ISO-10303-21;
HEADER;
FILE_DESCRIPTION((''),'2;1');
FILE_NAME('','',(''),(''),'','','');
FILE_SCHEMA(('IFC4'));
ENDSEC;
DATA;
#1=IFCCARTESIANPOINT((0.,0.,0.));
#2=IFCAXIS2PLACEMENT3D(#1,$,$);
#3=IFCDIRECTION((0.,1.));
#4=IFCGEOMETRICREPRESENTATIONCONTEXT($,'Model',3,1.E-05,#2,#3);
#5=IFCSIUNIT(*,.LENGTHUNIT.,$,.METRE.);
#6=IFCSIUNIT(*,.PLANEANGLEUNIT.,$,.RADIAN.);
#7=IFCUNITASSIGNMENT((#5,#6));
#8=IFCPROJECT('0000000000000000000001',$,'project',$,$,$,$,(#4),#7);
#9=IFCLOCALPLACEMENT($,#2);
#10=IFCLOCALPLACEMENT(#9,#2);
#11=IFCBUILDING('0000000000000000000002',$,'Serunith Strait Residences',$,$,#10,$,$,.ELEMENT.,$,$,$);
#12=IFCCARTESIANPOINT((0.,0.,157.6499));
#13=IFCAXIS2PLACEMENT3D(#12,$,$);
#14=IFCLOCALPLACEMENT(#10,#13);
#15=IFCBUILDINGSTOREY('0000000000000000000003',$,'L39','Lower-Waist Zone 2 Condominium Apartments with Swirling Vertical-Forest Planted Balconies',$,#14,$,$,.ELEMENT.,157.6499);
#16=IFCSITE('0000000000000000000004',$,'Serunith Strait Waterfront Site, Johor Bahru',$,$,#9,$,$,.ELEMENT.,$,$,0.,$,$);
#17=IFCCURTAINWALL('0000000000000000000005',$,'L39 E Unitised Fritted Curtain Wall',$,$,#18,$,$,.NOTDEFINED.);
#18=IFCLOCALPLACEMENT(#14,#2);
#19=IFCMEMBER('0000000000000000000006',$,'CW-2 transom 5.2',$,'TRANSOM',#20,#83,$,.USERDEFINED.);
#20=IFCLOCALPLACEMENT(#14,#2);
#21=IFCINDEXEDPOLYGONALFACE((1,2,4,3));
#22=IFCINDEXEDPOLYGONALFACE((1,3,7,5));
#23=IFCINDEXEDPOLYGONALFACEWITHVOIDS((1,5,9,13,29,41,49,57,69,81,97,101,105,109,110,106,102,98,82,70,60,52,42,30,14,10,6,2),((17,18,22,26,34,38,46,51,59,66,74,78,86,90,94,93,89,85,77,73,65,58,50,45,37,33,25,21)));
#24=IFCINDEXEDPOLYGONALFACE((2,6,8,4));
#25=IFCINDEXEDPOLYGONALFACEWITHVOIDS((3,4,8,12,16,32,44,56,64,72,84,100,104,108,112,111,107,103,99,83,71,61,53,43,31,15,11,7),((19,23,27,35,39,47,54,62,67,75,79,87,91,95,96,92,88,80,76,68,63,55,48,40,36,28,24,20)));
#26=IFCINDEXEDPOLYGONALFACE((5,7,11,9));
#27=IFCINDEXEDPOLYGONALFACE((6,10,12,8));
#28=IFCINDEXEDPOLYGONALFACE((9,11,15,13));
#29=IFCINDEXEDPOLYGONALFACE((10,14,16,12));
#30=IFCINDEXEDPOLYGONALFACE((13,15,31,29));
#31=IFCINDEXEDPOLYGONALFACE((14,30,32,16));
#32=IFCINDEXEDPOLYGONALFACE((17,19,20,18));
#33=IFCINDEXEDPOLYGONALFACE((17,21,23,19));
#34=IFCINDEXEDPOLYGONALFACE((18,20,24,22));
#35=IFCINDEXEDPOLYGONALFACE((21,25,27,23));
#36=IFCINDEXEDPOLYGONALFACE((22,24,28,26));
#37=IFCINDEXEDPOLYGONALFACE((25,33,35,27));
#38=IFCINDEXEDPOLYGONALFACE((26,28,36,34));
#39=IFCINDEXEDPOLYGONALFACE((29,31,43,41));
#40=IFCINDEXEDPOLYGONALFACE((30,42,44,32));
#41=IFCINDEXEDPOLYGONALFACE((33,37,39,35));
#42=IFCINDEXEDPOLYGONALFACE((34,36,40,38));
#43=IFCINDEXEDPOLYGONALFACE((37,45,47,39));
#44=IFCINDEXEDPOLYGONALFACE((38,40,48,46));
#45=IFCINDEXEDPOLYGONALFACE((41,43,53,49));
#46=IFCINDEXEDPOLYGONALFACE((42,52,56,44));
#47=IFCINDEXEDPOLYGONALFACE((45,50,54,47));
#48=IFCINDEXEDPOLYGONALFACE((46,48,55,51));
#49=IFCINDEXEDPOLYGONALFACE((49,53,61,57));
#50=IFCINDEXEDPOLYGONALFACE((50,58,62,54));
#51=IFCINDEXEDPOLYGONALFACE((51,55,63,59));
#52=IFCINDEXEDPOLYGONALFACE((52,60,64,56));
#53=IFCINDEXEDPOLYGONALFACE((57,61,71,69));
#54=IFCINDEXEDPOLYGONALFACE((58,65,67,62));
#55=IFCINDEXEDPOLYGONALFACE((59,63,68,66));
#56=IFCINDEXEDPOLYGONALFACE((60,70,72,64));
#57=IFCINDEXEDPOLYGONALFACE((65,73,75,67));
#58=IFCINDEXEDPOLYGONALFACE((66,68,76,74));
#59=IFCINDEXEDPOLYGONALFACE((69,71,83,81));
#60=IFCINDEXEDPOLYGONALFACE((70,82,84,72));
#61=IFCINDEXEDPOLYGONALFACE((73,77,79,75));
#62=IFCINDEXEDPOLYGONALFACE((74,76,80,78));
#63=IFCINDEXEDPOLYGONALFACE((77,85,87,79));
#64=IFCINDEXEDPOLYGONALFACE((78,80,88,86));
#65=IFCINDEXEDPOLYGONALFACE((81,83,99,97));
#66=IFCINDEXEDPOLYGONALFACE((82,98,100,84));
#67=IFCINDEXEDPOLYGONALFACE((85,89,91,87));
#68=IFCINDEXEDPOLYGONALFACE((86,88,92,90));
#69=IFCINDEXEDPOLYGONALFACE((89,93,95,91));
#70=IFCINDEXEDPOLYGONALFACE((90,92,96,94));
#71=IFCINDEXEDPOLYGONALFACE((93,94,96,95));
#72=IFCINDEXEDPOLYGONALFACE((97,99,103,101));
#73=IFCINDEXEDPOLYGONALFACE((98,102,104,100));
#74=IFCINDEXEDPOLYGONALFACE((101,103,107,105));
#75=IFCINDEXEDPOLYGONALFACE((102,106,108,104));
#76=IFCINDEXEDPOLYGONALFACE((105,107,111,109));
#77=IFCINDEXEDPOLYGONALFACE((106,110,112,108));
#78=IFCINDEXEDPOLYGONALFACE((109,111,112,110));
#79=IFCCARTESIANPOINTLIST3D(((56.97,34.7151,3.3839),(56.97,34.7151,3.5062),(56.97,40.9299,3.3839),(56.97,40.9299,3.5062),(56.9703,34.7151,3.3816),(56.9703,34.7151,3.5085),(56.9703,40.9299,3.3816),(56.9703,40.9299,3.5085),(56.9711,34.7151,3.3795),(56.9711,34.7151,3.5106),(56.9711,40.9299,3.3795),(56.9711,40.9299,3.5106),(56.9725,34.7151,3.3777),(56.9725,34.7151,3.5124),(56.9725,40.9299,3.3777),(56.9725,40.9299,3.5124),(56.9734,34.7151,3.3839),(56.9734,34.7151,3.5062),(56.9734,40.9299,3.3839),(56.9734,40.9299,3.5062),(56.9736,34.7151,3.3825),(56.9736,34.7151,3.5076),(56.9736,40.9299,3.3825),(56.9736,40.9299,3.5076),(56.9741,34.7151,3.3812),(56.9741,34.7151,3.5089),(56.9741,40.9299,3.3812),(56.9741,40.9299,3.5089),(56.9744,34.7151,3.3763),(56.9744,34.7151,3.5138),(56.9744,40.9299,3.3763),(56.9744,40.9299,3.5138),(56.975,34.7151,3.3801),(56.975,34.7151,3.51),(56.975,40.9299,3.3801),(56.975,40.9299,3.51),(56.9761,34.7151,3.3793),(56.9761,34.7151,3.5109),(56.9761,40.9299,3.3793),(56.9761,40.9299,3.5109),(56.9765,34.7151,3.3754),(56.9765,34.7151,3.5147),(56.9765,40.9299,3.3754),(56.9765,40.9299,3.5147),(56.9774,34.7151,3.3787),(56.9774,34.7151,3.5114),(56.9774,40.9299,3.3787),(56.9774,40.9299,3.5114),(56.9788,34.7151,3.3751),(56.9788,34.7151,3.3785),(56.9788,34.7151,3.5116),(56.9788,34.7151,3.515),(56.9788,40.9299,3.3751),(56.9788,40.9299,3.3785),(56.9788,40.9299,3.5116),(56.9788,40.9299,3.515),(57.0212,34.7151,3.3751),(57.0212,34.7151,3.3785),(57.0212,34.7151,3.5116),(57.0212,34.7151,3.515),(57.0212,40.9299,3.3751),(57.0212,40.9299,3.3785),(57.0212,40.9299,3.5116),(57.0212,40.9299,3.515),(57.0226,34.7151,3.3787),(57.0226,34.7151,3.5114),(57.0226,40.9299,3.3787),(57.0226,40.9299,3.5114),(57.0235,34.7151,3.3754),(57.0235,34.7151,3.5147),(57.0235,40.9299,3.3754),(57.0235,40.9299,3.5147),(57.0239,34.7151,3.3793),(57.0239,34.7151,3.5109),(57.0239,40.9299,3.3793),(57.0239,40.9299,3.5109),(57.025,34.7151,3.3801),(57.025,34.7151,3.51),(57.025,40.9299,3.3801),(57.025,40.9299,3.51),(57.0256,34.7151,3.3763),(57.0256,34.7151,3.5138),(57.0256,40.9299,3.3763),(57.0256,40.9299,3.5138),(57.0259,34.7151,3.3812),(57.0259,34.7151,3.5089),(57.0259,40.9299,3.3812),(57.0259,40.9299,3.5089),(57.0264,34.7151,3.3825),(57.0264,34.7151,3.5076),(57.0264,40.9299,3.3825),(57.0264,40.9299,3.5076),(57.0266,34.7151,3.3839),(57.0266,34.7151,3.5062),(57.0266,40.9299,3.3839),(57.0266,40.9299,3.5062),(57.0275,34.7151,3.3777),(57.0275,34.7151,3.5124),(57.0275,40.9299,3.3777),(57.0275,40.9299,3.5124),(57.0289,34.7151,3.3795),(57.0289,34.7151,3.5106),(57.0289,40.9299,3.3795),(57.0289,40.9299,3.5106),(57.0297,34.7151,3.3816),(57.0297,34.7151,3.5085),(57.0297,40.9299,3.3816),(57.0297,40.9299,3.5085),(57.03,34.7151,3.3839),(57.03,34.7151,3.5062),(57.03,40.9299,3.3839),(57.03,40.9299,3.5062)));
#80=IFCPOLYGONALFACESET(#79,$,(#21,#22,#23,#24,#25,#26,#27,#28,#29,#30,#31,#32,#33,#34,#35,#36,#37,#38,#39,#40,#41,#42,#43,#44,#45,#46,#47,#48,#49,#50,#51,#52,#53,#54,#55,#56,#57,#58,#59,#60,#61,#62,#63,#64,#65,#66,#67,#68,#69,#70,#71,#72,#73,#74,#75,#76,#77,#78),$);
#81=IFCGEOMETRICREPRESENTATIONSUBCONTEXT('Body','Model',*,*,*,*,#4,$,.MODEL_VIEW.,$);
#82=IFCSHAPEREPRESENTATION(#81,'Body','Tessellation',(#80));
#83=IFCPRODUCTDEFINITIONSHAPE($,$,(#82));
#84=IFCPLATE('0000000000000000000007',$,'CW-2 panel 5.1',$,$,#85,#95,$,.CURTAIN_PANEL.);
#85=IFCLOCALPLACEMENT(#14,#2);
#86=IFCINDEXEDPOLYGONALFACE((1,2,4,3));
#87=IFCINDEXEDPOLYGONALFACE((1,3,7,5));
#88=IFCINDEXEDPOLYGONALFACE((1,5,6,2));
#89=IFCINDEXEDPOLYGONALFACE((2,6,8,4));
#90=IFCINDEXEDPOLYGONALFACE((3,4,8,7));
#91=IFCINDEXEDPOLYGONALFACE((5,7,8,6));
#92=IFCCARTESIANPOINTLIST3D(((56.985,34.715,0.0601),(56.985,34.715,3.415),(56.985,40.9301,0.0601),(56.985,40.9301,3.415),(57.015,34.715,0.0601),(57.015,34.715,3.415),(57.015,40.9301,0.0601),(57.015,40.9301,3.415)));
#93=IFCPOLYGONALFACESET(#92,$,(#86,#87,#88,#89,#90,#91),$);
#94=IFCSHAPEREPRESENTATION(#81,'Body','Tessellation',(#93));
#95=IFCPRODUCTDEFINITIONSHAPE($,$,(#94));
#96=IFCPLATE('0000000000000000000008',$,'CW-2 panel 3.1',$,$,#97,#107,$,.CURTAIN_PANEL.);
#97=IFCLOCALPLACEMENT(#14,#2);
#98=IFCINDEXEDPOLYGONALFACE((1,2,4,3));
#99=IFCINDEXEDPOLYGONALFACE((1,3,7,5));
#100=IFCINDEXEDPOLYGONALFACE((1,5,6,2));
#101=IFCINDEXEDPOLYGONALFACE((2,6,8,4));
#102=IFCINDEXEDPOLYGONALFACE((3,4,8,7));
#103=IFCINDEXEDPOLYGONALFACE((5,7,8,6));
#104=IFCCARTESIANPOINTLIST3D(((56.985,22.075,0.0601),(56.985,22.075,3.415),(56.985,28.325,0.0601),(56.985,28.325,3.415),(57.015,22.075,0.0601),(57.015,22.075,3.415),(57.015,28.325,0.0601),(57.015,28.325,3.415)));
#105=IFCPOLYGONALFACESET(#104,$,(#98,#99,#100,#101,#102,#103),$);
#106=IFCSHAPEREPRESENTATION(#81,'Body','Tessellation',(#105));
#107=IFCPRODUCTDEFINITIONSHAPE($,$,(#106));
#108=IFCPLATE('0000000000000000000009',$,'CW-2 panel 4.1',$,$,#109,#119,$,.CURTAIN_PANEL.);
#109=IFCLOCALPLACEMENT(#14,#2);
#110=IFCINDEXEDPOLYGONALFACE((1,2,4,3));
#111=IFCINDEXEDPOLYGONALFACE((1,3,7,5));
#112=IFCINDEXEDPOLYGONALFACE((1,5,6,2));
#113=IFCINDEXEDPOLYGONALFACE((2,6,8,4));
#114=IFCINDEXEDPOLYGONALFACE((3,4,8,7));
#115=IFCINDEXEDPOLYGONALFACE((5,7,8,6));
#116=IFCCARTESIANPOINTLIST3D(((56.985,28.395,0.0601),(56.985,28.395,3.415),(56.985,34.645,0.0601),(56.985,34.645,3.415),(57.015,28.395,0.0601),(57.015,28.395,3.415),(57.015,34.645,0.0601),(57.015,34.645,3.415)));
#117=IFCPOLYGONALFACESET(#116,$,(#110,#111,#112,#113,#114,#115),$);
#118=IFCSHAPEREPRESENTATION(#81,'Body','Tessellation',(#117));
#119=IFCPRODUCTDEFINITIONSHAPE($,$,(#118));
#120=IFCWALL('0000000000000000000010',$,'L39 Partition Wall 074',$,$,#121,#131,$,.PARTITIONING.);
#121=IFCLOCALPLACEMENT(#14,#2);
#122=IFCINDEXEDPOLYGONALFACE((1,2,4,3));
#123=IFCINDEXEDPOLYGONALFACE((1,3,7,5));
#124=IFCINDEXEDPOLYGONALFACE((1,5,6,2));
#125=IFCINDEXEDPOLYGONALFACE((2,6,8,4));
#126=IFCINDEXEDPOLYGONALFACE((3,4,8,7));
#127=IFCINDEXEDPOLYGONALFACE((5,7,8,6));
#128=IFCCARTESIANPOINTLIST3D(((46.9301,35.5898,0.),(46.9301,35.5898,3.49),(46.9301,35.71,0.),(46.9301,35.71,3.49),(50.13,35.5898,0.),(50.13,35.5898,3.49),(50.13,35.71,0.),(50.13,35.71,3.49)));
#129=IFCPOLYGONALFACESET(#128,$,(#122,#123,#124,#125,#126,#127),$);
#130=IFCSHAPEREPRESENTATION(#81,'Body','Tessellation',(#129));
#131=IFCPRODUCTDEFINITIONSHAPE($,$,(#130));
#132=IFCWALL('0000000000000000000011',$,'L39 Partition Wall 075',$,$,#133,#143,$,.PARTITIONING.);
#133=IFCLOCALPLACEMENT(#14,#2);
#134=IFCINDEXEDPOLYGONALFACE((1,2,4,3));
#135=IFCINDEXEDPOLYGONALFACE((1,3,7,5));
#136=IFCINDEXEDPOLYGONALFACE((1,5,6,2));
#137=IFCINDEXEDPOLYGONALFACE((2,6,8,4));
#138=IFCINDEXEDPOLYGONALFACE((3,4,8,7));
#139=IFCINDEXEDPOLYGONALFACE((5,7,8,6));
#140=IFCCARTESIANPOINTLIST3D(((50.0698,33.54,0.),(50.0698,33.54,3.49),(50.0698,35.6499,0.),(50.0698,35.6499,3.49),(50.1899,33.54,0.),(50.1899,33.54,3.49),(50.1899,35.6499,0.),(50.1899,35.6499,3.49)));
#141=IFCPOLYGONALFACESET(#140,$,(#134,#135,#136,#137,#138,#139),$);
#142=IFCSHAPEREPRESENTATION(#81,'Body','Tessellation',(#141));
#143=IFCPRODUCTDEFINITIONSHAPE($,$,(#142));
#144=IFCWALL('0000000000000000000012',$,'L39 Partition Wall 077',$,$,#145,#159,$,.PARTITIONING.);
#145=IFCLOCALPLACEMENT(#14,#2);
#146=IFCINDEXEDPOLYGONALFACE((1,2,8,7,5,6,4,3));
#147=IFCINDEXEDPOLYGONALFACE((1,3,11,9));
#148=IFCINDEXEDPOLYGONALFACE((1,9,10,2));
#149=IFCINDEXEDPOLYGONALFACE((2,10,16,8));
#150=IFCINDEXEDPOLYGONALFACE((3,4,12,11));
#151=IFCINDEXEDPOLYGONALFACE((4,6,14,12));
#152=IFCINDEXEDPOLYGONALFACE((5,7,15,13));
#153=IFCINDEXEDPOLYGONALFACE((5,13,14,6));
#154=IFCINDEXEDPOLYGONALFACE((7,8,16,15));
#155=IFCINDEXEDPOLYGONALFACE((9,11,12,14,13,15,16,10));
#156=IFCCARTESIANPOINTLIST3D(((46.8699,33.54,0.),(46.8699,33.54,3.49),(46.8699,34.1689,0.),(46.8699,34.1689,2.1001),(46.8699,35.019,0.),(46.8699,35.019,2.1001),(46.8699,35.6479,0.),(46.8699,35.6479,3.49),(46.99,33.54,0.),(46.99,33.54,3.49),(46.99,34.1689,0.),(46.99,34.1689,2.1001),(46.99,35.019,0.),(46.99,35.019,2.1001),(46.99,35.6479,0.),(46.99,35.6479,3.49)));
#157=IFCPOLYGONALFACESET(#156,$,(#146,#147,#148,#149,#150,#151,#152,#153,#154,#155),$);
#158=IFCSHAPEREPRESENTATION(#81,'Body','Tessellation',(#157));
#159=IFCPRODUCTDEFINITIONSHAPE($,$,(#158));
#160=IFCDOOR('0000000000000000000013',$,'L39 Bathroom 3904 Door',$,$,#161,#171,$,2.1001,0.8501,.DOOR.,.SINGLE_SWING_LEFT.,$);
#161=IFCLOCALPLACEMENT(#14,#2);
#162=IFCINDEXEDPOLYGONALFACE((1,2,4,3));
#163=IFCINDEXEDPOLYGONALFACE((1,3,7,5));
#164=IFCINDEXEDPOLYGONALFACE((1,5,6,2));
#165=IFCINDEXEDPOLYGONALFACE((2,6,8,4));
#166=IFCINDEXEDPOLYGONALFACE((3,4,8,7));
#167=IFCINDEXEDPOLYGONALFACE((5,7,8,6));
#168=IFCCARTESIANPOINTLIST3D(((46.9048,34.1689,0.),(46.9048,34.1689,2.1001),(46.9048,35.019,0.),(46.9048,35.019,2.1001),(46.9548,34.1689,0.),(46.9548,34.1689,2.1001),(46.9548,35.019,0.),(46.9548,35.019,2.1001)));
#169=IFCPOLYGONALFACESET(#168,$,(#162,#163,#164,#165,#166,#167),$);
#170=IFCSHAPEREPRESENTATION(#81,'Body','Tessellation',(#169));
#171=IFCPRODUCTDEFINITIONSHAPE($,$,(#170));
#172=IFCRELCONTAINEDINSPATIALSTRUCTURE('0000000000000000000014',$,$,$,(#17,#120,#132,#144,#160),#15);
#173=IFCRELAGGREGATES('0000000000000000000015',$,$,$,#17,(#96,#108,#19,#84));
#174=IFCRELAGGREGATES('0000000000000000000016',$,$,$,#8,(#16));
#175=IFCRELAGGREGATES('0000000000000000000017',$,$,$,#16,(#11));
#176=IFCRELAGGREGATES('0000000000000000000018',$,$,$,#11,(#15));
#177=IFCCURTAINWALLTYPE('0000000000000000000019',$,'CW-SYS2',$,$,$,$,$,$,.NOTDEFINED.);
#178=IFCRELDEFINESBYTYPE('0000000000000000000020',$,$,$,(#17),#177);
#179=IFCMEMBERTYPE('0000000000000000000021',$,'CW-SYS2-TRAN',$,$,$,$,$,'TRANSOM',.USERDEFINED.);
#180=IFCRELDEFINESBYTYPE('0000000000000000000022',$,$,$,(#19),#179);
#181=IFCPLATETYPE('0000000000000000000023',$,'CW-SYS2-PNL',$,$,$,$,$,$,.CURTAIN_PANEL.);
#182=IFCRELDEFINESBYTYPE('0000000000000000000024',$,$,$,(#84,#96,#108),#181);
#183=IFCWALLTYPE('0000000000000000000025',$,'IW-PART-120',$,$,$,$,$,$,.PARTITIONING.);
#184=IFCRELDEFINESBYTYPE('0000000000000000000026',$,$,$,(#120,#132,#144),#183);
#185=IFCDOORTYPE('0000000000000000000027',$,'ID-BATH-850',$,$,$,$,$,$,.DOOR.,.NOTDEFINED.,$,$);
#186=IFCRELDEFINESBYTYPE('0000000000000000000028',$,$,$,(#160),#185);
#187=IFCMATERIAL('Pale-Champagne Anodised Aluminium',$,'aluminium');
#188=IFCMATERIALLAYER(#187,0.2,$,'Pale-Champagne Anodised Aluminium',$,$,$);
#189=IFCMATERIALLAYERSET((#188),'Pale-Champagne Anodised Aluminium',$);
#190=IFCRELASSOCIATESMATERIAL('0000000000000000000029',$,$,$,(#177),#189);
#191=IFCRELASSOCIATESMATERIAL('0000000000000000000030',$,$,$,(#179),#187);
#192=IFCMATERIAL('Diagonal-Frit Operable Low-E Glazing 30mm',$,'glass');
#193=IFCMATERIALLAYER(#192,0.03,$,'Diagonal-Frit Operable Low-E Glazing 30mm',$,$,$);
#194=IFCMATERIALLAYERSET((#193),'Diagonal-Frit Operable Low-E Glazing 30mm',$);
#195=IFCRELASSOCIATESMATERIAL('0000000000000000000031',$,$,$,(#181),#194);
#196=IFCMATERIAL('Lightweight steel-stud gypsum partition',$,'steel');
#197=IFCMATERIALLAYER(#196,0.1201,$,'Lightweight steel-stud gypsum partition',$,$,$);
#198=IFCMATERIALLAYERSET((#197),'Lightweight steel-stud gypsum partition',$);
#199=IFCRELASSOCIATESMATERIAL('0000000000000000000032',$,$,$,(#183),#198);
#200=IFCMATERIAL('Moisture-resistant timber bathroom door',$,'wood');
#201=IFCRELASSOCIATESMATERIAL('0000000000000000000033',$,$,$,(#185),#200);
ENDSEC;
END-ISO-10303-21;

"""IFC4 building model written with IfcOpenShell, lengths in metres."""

from ifc_helpers import new_model, si_unit, direction, frame, frame_2d, origin, origin_2d, place, context, subcontext, project, spatial, rectangle, hollow_rectangle, extrude, source, transform, mapped, material, layer, layer_set, material_profile, profile_set, type_object, element, fill, aggregate, save


model = new_model("IFC4")

# Units and contexts
model_context = context("Model", 3, precision=1e-05, world=origin(), true_north=direction((0.0, 1.0)))
body_context = subcontext(model_context, "Body", "Model", "MODEL_VIEW")
ifc_project = project(units=[si_unit("LENGTHUNIT", "METRE"), si_unit("PLANEANGLEUNIT", "RADIAN")], contexts=[model_context])

# Site, building, storey
site_placement = place(None, origin())
site = spatial("IfcSite", under=ifc_project, at=site_placement, Name="Serunith Strait Waterfront Site, Johor Bahru", CompositionType="ELEMENT", RefElevation=0.0)
building_placement = place(site_placement, origin())
building = spatial("IfcBuilding", under=site, at=building_placement, Name="Serunith Strait Residences", CompositionType="ELEMENT")
storey_placement = place(building_placement, frame((0.0, 0.0, 157.6499)))
storey = spatial("IfcBuildingStorey", under=building, at=storey_placement, Name="L39", Description="Lower-Waist Zone 2 Condominium Apartments with Swirling Vertical-Forest Planted Balconies", CompositionType="ELEMENT", Elevation=157.6499)

# Curtain wall, member, plates
ifc_material_1 = material(Name="Pale-Champagne Anodised Aluminium", Category="aluminium")
ifc_layer_1 = layer(ifc_material_1, 0.2, Name="Pale-Champagne Anodised Aluminium")
ifc_layer_set_1 = layer_set([ifc_layer_1], Name="Pale-Champagne Anodised Aluminium")
curtain_wall_type = type_object("IfcCurtainWallType", Name="CW-SYS2", PredefinedType="NOTDEFINED", material=ifc_layer_set_1)
curtain_wall_placement = place(storey_placement, origin())
curtain_wall = element("IfcCurtainWall", 1, at=curtain_wall_placement, inside=storey, type_object=curtain_wall_type, Name="L39 E Unitised Fritted Curtain Wall", PredefinedType="NOTDEFINED")
ifc_material_profile_1 = material_profile(ifc_material_1, hollow_rectangle(XDim=0.0601, YDim=0.1399, WallThickness=0.0034, InnerFilletRadius=0.0054, OuterFilletRadius=0.0088, at=origin_2d()), Name="ALU 140x60x3.5")
ifc_profile_set_1 = profile_set([ifc_material_profile_1], Name="Pale-Champagne Anodised Aluminium")
member_type_1 = type_object("IfcMemberType", Name="CW-SYS2-TRAN", ElementType="TRANSOM", PredefinedType="USERDEFINED", material=ifc_profile_set_1)
shared_shape_1 = source(origin(), body_context, "Body", "SweptSolid", [
    extrude(hollow_rectangle(XDim=0.0601, YDim=0.1399, WallThickness=0.0034, InnerFilletRadius=0.0054, OuterFilletRadius=0.0088, at=origin_2d()), origin(), (0.0, 0.0, 1.0), 6.2148),
])
member_1_placement = place(storey_placement, frame((57.0, 34.7151, 3.4451), z_axis=(0.0, 1.0, 0.0), x_axis=(-1.0, 0.0, 0.0)))
member_1 = element("IfcMember", 2, at=member_1_placement, type_object=member_type_1, Name="CW-2 transom 5.2", ObjectType="TRANSOM", PredefinedType="USERDEFINED", context=body_context, shape_type="MappedRepresentation", body=[
    mapped(shared_shape_1, transform((0.0, 0.0, 0.0), scale=1.0)),
])
ifc_material_2 = material(Name="Diagonal-Frit Operable Low-E Glazing 30mm", Category="glass")
ifc_layer_2 = layer(ifc_material_2, 0.03, Name="Diagonal-Frit Operable Low-E Glazing 30mm")
ifc_layer_set_2 = layer_set([ifc_layer_2], Name="Diagonal-Frit Operable Low-E Glazing 30mm")
plate_type = type_object("IfcPlateType", Name="CW-SYS2-PNL", PredefinedType="CURTAIN_PANEL", material=ifc_layer_set_2)
shared_shape_2 = source(origin(), body_context, "Body", "SweptSolid", [
    extrude(rectangle(XDim=6.2151, YDim=0.03, at=origin_2d()), origin(), (0.0, 0.0, 1.0), 3.355),
])
plate_1_placement = place(storey_placement, frame((57.0, 37.8225, 0.0601), z_axis=(0.0, 0.0, 1.0), x_axis=(0.0, 1.0, 0.0)))
plate_1 = element("IfcPlate", 3, at=plate_1_placement, type_object=plate_type, Name="CW-2 panel 5.1", PredefinedType="CURTAIN_PANEL", context=body_context, shape_type="MappedRepresentation", body=[
    mapped(shared_shape_2, transform((0.0, 0.0, 0.0), scale=1.0)),
])
shared_shape_3 = source(origin(), body_context, "Body", "SweptSolid", [
    extrude(rectangle(XDim=6.25, YDim=0.03, at=origin_2d()), origin(), (0.0, 0.0, 1.0), 3.355),
])
plate_2_placement = place(storey_placement, frame((57.0, 25.2, 0.0601), z_axis=(0.0, 0.0, 1.0), x_axis=(0.0, 1.0, 0.0)))
plate_2 = element("IfcPlate", 4, at=plate_2_placement, type_object=plate_type, Name="CW-2 panel 3.1", PredefinedType="CURTAIN_PANEL", context=body_context, shape_type="MappedRepresentation", body=[
    mapped(shared_shape_3, transform((0.0, 0.0, 0.0), scale=1.0)),
])
plate_3_placement = place(storey_placement, frame((57.0, 31.52, 0.0601), z_axis=(0.0, 0.0, 1.0), x_axis=(0.0, 1.0, 0.0)))
plate_3 = element("IfcPlate", 5, at=plate_3_placement, type_object=plate_type, Name="CW-2 panel 4.1", PredefinedType="CURTAIN_PANEL", context=body_context, shape_type="MappedRepresentation", body=[
    mapped(shared_shape_3, transform((0.0, 0.0, 0.0), scale=1.0)),
])
aggregate(curtain_wall, [plate_2, plate_3, member_1, plate_1])

# Walls
ifc_material_3 = material(Name="Lightweight steel-stud gypsum partition", Category="steel")
ifc_layer_3 = layer(ifc_material_3, 0.1201, Name="Lightweight steel-stud gypsum partition")
ifc_layer_set_3 = layer_set([ifc_layer_3], Name="Lightweight steel-stud gypsum partition")
wall_type_1 = type_object("IfcWallType", Name="IW-PART-120", PredefinedType="PARTITIONING", material=ifc_layer_set_3)
wall_1_placement = place(storey_placement, frame((46.9299, 35.6499, 0.0), z_axis=(0.0, 0.0, 1.0), x_axis=(1.0, 0.0, 0.0)))
element("IfcWall", 6, at=wall_1_placement, inside=storey, type_object=wall_type_1, Name="L39 Partition Wall 074", PredefinedType="PARTITIONING", context=body_context, shape_type="SweptSolid", body=[
    extrude(rectangle(XDim=3.2, YDim=0.1201, at=frame_2d((1.6001, 0.0))), origin(), (0.0, 0.0, 1.0), 3.49),
])
wall_2_placement = place(storey_placement, frame((50.1299, 35.6499, 0.0), z_axis=(0.0, 0.0, 1.0), x_axis=(0.0, -1.0, 0.0)))
element("IfcWall", 7, at=wall_2_placement, inside=storey, type_object=wall_type_1, Name="L39 Partition Wall 075", PredefinedType="PARTITIONING", context=body_context, shape_type="SweptSolid", body=[
    extrude(rectangle(XDim=2.1099, YDim=0.1201, at=frame_2d((1.0549, 0.0))), origin(), (0.0, 0.0, 1.0), 3.49),
])

# Wall, opening, door
wall_3_placement = place(storey_placement, frame((46.9299, 35.6479, 0.0), z_axis=(0.0, 0.0, 1.0), x_axis=(0.0, -1.0, 0.0)))
wall_3 = element("IfcWall", 8, at=wall_3_placement, inside=storey, type_object=wall_type_1, Name="L39 Partition Wall 077", PredefinedType="PARTITIONING", context=body_context, shape_type="SweptSolid", body=[
    extrude(rectangle(XDim=2.1079, YDim=0.1201, at=frame_2d((1.054, 0.0))), origin(), (0.0, 0.0, 1.0), 3.49),
])
opening_1_placement = place(wall_3_placement, frame((0.6289, 0.0, 0.0)))
opening_1 = element("IfcOpeningElement", 9, at=opening_1_placement, cuts=wall_3, PredefinedType="OPENING", context=body_context, shape_type="SweptSolid", body=[
    extrude(rectangle(XDim=0.8501, YDim=2.1001, at=frame_2d((0.425, 1.05))), frame((0.0, 0.0701, 0.0), z_axis=(0.0, -1.0, 0.0), x_axis=(1.0, 0.0, 0.0)), (0.0, 0.0, 1.0), 0.1401),
])
ifc_material_4 = material(Name="Moisture-resistant timber bathroom door", Category="wood")
door_type_1 = type_object("IfcDoorType", Name="ID-BATH-850", OperationType="NOTDEFINED", PredefinedType="DOOR", material=ifc_material_4)
shared_shape_4 = source(origin(), body_context, "Body", "SweptSolid", [
    extrude(rectangle(XDim=0.8501, YDim=2.1001, at=frame_2d((0.425, 1.05))), frame((0.0, 0.0249, 0.0), z_axis=(0.0, -1.0, 0.0), x_axis=(1.0, 0.0, 0.0)), (0.0, 0.0, 1.0), 0.05),
])
door_1_placement = place(opening_1_placement, origin())
door_1 = element("IfcDoor", 10, at=door_1_placement, inside=storey, type_object=door_type_1, Name="L39 Bathroom 3904 Door", OperationType="SINGLE_SWING_LEFT", OverallHeight=2.1001, OverallWidth=0.8501, PredefinedType="DOOR", context=body_context, shape_type="MappedRepresentation", body=[
    mapped(shared_shape_4, transform((0.0, 0.0, 0.0), scale=1.0)),
])
fill(opening_1, door_1)

save(model, "model.ifc")
